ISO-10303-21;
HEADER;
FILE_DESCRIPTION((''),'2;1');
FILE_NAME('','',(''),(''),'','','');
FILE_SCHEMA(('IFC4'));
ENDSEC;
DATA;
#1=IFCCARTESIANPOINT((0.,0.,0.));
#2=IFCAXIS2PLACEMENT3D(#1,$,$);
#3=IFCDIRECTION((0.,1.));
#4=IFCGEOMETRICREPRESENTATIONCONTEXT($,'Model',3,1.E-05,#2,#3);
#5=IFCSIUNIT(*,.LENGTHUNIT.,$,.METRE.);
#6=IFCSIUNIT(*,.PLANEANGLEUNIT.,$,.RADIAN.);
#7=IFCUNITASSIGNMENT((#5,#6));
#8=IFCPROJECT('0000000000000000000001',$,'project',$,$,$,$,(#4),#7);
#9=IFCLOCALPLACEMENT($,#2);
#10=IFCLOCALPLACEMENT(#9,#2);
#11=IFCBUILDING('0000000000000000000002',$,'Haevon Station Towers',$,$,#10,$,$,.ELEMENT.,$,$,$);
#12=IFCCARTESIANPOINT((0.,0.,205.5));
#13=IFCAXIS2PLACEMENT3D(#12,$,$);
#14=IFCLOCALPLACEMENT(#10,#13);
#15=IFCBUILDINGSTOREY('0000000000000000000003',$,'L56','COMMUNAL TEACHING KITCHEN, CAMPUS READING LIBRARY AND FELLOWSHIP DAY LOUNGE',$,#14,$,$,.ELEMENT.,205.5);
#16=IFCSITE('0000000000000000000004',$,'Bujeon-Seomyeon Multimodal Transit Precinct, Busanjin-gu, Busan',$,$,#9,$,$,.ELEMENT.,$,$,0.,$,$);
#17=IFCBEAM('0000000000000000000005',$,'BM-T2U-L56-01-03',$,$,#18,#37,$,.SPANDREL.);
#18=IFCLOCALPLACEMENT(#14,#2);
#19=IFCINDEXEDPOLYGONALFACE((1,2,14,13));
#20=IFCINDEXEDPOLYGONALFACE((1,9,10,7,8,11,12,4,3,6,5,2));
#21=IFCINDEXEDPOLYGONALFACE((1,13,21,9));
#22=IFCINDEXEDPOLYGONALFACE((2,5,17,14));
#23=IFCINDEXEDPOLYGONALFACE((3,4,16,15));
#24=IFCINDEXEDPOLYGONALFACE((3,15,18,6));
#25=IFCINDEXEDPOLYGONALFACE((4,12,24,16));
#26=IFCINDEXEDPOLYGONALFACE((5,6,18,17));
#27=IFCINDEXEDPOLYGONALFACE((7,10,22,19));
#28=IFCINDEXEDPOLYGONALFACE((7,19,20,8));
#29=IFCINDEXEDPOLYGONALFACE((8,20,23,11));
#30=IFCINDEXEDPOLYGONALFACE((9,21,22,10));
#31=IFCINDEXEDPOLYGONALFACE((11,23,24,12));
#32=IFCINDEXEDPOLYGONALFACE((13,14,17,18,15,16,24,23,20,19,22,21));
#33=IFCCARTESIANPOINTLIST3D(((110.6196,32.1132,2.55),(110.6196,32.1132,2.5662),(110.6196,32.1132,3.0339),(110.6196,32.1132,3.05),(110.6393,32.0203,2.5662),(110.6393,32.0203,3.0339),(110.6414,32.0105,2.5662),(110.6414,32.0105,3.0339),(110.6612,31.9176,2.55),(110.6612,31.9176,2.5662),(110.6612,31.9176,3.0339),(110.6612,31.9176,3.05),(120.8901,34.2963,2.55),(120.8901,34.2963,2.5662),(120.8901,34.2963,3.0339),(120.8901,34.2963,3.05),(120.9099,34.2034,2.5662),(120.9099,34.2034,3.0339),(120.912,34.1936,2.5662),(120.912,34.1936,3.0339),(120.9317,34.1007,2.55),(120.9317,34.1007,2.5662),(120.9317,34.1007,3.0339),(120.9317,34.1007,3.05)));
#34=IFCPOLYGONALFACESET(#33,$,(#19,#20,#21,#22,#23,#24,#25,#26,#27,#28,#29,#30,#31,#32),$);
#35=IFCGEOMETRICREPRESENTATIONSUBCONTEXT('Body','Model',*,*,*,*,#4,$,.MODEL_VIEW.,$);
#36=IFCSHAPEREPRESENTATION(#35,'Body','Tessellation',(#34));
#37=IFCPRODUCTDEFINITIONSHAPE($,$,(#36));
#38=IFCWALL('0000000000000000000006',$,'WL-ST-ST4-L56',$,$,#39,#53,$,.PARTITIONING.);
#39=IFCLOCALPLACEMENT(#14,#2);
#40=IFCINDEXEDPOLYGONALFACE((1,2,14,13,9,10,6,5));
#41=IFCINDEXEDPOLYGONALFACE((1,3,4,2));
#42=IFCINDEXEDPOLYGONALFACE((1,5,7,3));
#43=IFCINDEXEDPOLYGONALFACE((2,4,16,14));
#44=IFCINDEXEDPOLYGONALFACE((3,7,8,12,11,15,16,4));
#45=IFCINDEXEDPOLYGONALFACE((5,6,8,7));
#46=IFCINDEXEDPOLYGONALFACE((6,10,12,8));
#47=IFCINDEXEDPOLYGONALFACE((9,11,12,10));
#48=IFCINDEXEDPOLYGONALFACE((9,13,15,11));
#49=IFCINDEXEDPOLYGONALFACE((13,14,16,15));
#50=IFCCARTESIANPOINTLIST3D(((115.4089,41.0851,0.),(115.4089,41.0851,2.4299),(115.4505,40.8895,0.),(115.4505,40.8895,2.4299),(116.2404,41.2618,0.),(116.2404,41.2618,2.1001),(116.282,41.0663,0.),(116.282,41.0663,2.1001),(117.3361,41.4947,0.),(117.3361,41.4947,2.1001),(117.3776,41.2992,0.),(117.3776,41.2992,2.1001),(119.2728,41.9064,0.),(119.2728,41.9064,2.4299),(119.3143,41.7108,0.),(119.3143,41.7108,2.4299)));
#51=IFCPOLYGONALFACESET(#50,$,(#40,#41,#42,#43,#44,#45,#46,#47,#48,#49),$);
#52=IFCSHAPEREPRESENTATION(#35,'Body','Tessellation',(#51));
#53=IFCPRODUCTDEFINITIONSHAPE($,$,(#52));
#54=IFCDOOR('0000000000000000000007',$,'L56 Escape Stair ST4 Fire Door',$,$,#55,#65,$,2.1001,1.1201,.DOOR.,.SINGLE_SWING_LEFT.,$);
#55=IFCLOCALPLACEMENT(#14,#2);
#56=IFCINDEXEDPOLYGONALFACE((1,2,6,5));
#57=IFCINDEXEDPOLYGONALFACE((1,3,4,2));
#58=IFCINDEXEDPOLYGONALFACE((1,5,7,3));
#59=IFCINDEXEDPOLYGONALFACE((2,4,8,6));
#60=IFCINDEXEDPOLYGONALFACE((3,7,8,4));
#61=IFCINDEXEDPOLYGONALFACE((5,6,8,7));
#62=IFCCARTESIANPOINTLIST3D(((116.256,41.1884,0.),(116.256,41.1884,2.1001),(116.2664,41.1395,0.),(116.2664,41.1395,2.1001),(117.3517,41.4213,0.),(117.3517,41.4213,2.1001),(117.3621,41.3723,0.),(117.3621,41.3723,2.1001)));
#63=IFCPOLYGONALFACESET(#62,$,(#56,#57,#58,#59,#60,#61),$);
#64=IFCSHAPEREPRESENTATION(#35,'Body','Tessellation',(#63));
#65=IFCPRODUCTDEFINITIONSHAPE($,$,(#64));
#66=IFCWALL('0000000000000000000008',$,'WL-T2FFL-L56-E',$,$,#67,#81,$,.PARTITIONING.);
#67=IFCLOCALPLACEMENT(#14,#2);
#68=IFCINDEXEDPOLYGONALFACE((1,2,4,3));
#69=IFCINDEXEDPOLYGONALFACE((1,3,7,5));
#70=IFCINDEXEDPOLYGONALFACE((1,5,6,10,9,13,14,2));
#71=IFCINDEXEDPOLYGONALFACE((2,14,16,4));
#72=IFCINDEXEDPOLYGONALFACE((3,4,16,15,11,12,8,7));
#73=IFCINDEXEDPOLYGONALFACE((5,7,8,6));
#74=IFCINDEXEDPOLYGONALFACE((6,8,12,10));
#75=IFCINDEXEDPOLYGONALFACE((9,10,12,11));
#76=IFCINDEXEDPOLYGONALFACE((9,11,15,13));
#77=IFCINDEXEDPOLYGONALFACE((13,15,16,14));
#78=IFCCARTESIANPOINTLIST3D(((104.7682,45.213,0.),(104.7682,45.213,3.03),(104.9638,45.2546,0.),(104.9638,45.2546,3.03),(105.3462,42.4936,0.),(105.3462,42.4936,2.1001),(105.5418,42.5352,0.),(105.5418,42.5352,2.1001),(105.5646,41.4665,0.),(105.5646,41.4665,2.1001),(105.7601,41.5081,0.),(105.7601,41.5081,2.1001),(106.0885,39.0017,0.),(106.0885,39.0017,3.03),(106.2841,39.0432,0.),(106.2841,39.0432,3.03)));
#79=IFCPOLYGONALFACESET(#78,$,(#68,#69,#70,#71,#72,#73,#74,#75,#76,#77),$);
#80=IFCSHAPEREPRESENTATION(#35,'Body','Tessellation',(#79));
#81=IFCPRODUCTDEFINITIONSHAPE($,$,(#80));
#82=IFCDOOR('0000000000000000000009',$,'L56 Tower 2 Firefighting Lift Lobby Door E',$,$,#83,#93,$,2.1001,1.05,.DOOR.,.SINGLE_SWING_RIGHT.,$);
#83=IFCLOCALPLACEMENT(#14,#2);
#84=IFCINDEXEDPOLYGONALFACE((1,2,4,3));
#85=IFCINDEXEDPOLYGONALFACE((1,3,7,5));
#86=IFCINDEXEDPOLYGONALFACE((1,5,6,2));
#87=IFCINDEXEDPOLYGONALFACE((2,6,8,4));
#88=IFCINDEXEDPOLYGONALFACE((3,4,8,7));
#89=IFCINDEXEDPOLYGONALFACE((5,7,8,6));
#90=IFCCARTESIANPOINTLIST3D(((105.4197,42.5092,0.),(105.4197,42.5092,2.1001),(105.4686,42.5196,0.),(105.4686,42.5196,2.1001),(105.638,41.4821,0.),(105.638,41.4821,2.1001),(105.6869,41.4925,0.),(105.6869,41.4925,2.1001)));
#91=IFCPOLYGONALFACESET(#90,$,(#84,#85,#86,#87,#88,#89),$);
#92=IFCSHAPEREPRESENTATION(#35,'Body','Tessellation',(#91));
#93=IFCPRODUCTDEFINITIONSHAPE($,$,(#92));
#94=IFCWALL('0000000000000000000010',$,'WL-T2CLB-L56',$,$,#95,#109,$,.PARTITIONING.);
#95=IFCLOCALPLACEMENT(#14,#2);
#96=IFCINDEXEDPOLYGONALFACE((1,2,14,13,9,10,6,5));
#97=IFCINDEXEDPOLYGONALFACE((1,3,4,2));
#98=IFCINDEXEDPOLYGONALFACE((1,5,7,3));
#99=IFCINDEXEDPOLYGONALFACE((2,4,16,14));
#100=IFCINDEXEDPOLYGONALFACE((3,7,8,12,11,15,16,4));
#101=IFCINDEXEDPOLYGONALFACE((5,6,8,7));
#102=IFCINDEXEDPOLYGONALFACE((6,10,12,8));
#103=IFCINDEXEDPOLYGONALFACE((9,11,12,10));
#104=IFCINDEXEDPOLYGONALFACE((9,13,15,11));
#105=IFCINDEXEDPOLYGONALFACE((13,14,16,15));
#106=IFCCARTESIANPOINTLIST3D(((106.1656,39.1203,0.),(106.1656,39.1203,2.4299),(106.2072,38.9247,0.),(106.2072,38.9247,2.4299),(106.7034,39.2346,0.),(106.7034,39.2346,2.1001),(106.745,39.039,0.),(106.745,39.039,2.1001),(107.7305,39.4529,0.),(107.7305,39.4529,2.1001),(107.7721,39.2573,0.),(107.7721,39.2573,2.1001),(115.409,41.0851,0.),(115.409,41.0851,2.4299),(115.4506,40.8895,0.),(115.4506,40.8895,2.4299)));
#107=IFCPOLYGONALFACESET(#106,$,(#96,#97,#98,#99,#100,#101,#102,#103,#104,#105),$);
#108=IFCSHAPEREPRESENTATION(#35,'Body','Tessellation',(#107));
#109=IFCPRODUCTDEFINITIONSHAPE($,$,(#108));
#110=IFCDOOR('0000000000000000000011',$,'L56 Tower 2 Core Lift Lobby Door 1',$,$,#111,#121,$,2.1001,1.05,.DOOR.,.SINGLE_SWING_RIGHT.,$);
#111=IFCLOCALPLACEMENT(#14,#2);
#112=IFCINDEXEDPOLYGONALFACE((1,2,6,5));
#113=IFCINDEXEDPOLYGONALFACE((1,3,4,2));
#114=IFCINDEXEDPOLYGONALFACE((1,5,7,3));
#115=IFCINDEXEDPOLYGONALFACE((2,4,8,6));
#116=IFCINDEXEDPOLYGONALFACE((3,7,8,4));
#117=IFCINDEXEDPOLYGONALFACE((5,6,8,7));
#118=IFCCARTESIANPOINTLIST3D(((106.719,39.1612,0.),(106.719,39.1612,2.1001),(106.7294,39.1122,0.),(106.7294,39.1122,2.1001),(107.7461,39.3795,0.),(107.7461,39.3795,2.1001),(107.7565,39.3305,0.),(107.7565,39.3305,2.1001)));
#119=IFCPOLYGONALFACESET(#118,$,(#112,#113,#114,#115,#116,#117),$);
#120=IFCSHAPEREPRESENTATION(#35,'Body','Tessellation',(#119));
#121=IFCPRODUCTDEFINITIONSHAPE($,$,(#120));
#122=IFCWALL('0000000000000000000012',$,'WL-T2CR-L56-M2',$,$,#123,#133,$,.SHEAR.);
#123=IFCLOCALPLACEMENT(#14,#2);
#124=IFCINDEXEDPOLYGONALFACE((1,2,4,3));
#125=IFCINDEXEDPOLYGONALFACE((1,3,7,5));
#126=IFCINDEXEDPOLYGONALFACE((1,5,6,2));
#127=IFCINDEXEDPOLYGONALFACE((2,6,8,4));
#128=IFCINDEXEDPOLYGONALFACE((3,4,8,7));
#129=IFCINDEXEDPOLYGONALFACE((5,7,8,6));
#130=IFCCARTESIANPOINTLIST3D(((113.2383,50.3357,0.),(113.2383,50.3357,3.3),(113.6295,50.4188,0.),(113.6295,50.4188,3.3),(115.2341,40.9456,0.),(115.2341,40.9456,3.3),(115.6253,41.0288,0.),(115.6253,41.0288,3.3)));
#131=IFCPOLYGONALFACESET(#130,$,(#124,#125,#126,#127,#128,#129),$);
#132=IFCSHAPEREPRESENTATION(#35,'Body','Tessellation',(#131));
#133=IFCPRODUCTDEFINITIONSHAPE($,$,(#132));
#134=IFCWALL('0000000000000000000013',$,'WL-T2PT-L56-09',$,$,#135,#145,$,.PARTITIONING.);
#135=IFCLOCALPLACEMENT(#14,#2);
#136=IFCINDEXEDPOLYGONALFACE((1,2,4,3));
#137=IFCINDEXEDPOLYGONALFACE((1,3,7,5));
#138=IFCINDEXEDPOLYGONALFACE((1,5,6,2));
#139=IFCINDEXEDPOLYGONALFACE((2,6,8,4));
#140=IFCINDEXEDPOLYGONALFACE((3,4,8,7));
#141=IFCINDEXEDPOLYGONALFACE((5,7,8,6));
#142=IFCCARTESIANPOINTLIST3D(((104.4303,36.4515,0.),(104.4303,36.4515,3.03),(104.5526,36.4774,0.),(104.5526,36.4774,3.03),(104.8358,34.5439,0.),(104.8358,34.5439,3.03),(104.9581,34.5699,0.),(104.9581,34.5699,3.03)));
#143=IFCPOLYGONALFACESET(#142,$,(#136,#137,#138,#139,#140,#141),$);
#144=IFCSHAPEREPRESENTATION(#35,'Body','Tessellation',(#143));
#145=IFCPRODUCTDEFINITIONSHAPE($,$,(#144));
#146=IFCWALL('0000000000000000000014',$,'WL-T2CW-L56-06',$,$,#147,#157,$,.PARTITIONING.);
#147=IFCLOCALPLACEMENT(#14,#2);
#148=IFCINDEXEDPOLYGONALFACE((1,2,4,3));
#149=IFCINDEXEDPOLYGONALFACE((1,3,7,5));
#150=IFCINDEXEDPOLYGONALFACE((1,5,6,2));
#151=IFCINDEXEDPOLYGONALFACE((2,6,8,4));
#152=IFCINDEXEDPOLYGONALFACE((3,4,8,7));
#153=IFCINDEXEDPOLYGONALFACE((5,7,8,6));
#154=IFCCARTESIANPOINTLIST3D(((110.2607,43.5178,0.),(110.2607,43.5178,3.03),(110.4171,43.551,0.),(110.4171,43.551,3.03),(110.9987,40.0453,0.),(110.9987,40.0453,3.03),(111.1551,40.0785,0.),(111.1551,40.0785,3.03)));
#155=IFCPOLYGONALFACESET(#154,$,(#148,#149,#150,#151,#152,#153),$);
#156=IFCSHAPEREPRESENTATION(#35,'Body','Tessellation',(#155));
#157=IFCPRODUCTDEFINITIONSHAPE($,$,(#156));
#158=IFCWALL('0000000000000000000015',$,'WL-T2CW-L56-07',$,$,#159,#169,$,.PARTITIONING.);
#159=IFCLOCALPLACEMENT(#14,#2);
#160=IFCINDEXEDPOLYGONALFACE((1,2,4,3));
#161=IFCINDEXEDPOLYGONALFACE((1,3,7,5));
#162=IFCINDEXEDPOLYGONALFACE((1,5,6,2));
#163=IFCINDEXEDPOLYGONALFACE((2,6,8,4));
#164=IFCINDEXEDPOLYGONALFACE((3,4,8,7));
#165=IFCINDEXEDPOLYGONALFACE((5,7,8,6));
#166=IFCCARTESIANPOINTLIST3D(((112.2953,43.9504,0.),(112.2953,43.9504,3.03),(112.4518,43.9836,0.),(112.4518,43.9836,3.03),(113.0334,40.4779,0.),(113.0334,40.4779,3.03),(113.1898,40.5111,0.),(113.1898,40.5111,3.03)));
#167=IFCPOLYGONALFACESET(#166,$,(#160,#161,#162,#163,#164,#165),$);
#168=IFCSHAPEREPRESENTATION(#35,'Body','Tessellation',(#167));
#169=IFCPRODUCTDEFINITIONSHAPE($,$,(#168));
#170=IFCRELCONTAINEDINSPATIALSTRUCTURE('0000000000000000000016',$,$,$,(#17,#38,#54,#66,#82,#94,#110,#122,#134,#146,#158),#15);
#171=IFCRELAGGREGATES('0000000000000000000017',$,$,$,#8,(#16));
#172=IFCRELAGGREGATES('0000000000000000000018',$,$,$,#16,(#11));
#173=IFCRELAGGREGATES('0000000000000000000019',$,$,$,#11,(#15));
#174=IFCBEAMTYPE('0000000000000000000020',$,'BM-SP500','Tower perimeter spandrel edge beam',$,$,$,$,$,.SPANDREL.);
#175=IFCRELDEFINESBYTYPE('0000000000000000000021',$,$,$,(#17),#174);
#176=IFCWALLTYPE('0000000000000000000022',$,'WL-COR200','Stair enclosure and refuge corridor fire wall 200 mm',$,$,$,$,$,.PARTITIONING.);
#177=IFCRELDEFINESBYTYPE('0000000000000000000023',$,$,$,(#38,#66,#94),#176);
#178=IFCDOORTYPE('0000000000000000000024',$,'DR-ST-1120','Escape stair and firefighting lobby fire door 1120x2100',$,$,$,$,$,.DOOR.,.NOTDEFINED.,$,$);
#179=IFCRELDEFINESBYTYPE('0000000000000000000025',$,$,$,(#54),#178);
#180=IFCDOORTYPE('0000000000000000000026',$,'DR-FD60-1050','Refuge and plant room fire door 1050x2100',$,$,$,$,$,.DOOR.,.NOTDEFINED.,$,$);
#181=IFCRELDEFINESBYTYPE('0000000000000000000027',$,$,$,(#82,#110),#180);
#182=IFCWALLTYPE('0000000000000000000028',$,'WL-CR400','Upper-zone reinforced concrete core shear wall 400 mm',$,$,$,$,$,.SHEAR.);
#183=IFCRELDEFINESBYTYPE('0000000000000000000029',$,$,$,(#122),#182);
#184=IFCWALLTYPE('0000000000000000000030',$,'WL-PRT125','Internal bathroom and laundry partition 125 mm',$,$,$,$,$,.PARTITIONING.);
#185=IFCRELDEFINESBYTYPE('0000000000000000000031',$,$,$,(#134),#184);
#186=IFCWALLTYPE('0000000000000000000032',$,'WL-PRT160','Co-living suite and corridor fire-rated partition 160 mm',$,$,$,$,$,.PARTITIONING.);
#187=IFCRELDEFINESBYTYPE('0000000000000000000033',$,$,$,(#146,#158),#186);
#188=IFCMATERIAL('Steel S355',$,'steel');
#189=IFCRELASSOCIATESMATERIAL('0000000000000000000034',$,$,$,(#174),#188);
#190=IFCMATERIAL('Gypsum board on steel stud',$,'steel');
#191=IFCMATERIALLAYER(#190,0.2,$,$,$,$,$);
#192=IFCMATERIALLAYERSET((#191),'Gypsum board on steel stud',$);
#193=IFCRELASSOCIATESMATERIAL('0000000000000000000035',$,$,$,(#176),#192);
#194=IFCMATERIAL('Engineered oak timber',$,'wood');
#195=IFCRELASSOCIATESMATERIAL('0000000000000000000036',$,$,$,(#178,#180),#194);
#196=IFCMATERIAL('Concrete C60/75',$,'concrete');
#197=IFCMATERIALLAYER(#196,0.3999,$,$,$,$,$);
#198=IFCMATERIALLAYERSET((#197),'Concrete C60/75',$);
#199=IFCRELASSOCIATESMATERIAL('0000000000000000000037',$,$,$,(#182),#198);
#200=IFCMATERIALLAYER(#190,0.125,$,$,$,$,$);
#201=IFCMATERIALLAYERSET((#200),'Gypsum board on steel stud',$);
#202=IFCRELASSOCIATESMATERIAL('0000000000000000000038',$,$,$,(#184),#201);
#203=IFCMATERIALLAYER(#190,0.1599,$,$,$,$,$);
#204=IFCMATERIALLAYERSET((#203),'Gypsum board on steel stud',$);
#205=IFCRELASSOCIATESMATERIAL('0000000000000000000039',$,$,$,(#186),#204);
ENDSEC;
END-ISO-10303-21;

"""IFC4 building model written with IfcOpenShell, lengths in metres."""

from ifc_helpers import new_model, si_unit, direction, frame, frame_2d, origin, origin_2d, place, context, subcontext, project, spatial, rectangle, i_section, extrude, material, layer, layer_set, material_profile, profile_set, type_object, element, fill, save


model = new_model("IFC4")

# Units and contexts
model_context = context("Model", 3, precision=1e-05, world=origin(), true_north=direction((0.0, 1.0)))
body_context = subcontext(model_context, "Body", "Model", "MODEL_VIEW")
ifc_project = project(units=[si_unit("LENGTHUNIT", "METRE"), si_unit("PLANEANGLEUNIT", "RADIAN")], contexts=[model_context])

# Site, building, storey
site_placement = place(None, origin())
site = spatial("IfcSite", under=ifc_project, at=site_placement, Name="Bujeon-Seomyeon Multimodal Transit Precinct, Busanjin-gu, Busan", CompositionType="ELEMENT", RefElevation=0.0)
building_placement = place(site_placement, origin())
building = spatial("IfcBuilding", under=site, at=building_placement, Name="Haevon Station Towers", CompositionType="ELEMENT")
storey_placement = place(building_placement, frame((0.0, 0.0, 205.5)))
storey = spatial("IfcBuildingStorey", under=building, at=storey_placement, Name="L56", Description="COMMUNAL TEACHING KITCHEN, CAMPUS READING LIBRARY AND FELLOWSHIP DAY LOUNGE", CompositionType="ELEMENT", Elevation=205.5)

# Shared definitions
ifc_material_1 = material(Name="Steel S355", Category="steel")

# Beam
ifc_material_profile_1 = material_profile(ifc_material_1, i_section(OverallWidth=0.2, OverallDepth=0.5, WebThickness=0.01, FlangeThickness=0.0161, at=origin_2d()), Name="H-500x200x10x16")
ifc_profile_set_1 = profile_set([ifc_material_profile_1], Name="Steel S355")
beam_type_1 = type_object("IfcBeamType", Name="BM-SP500", Description="Tower perimeter spandrel edge beam", PredefinedType="SPANDREL", material=ifc_profile_set_1)
beam_1_placement = place(storey_placement, frame((110.6404, 32.0154, 2.8), z_axis=(0.978147, 0.207915, 0.0), x_axis=(-0.207915, 0.978147, 0.0)))
element("IfcBeam", 1, at=beam_1_placement, inside=storey, type_object=beam_type_1, Name="BM-T2U-L56-01-03", PredefinedType="SPANDREL", context=body_context, shape_type="SweptSolid", body=[
    extrude(i_section(OverallWidth=0.2, OverallDepth=0.5, WebThickness=0.01, FlangeThickness=0.0161, at=origin_2d()), origin(), (0.0, 0.0, 1.0), 10.5),
])

# Walls, openings, doors
ifc_material_2 = material(Name="Gypsum board on steel stud", Category="steel")
ifc_layer_1 = layer(ifc_material_2, 0.2)
ifc_layer_set_1 = layer_set([ifc_layer_1], Name="Gypsum board on steel stud")
wall_type_1 = type_object("IfcWallType", Name="WL-COR200", Description="Stair enclosure and refuge corridor fire wall 200 mm", PredefinedType="PARTITIONING", material=ifc_layer_set_1)
wall_1_placement = place(storey_placement, frame((115.4297, 40.9873, 0.0), z_axis=(0.0, 0.0, 1.0), x_axis=(0.978147, 0.207916, 0.0)))
wall_1 = element("IfcWall", 2, at=wall_1_placement, inside=storey, type_object=wall_type_1, Name="WL-ST-ST4-L56", PredefinedType="PARTITIONING", context=body_context, shape_type="SweptSolid", body=[
    extrude(rectangle(XDim=3.9502, YDim=0.2, at=frame_2d((1.9751, 0.0))), origin(), (0.0, 0.0, 1.0), 2.4299),
])
opening_1_placement = place(wall_1_placement, frame((0.8501, 0.0, 0.0)))
opening_1 = element("IfcOpeningElement", 3, at=opening_1_placement, cuts=wall_1, PredefinedType="OPENING", context=body_context, shape_type="SweptSolid", body=[
    extrude(rectangle(XDim=1.1201, YDim=2.1001, at=frame_2d((0.5601, 1.05))), frame((0.0, 0.1099, 0.0), z_axis=(0.0, -1.0, 0.0), x_axis=(1.0, 0.0, 0.0)), (0.0, 0.0, 1.0), 0.22),
])
ifc_material_3 = material(Name="Engineered oak timber", Category="wood")
door_type_1 = type_object("IfcDoorType", Name="DR-ST-1120", Description="Escape stair and firefighting lobby fire door 1120x2100", OperationType="NOTDEFINED", PredefinedType="DOOR", material=ifc_material_3)
door_1_placement = place(opening_1_placement, origin())
door_1 = element("IfcDoor", 4, at=door_1_placement, inside=storey, type_object=door_type_1, Name="L56 Escape Stair ST4 Fire Door", OperationType="SINGLE_SWING_LEFT", OverallHeight=2.1001, OverallWidth=1.1201, PredefinedType="DOOR", context=body_context, shape_type="SweptSolid", body=[
    extrude(rectangle(XDim=1.1201, YDim=2.1001, at=frame_2d((0.5601, 1.05))), frame((0.0, 0.0249, 0.0), z_axis=(0.0, -1.0, 0.0), x_axis=(1.0, 0.0, 0.0)), (0.0, 0.0, 1.0), 0.05),
])
fill(opening_1, door_1)
wall_2_placement = place(storey_placement, frame((106.1863, 39.0225, 0.0), z_axis=(0.0, 0.0, 1.0), x_axis=(-0.207917, 0.978147, 0.0)))
wall_2 = element("IfcWall", 5, at=wall_2_placement, inside=storey, type_object=wall_type_1, Name="WL-T2FFL-L56-E", PredefinedType="PARTITIONING", context=body_context, shape_type="SweptSolid", body=[
    extrude(rectangle(XDim=6.3501, YDim=0.2, at=frame_2d((3.175, 0.0))), origin(), (0.0, 0.0, 1.0), 3.03),
])
opening_2_placement = place(wall_2_placement, frame((2.52, 0.0, 0.0)))
opening_2 = element("IfcOpeningElement", 6, at=opening_2_placement, cuts=wall_2, PredefinedType="OPENING", context=body_context, shape_type="SweptSolid", body=[
    extrude(rectangle(XDim=1.05, YDim=2.1001, at=frame_2d((0.5249, 1.05))), frame((0.0, 0.1099, 0.0), z_axis=(0.0, -1.0, 0.0), x_axis=(1.0, 0.0, 0.0)), (0.0, 0.0, 1.0), 0.22),
])
door_type_2 = type_object("IfcDoorType", Name="DR-FD60-1050", Description="Refuge and plant room fire door 1050x2100", OperationType="NOTDEFINED", PredefinedType="DOOR", material=ifc_material_3)
door_2_placement = place(opening_2_placement, origin())
door_2 = element("IfcDoor", 7, at=door_2_placement, inside=storey, type_object=door_type_2, Name="L56 Tower 2 Firefighting Lift Lobby Door E", OperationType="SINGLE_SWING_RIGHT", OverallHeight=2.1001, OverallWidth=1.05, PredefinedType="DOOR", context=body_context, shape_type="SweptSolid", body=[
    extrude(rectangle(XDim=1.05, YDim=2.1001, at=frame_2d((0.5249, 1.05))), frame((0.0, 0.0249, 0.0), z_axis=(0.0, -1.0, 0.0), x_axis=(1.0, 0.0, 0.0)), (0.0, 0.0, 1.0), 0.05),
])
fill(opening_2, door_2)
wall_3_placement = place(storey_placement, frame((106.1863, 39.0225, 0.0), z_axis=(0.0, 0.0, 1.0), x_axis=(0.978146, 0.207921, 0.0)))
wall_3 = element("IfcWall", 8, at=wall_3_placement, inside=storey, type_object=wall_type_1, Name="WL-T2CLB-L56", PredefinedType="PARTITIONING", context=body_context, shape_type="SweptSolid", body=[
    extrude(rectangle(XDim=9.45, YDim=0.2, at=frame_2d((4.7251, 0.0))), origin(), (0.0, 0.0, 1.0), 2.4299),
])
opening_3_placement = place(wall_3_placement, frame((0.55, 0.0, 0.0)))
opening_3 = element("IfcOpeningElement", 9, at=opening_3_placement, cuts=wall_3, PredefinedType="OPENING", context=body_context, shape_type="SweptSolid", body=[
    extrude(rectangle(XDim=1.05, YDim=2.1001, at=frame_2d((0.5249, 1.05))), frame((0.0, 0.1099, 0.0), z_axis=(0.0, -1.0, 0.0), x_axis=(1.0, 0.0, 0.0)), (0.0, 0.0, 1.0), 0.22),
])
door_3_placement = place(opening_3_placement, origin())
door_3 = element("IfcDoor", 10, at=door_3_placement, inside=storey, type_object=door_type_2, Name="L56 Tower 2 Core Lift Lobby Door 1", OperationType="SINGLE_SWING_RIGHT", OverallHeight=2.1001, OverallWidth=1.05, PredefinedType="DOOR", context=body_context, shape_type="SweptSolid", body=[
    extrude(rectangle(XDim=1.05, YDim=2.1001, at=frame_2d((0.5249, 1.05))), frame((0.0, 0.0249, 0.0), z_axis=(0.0, -1.0, 0.0), x_axis=(1.0, 0.0, 0.0)), (0.0, 0.0, 1.0), 0.05),
])
fill(opening_3, door_3)

# Walls
ifc_material_4 = material(Name="Concrete C60/75", Category="concrete")
ifc_layer_2 = layer(ifc_material_4, 0.3999)
ifc_layer_set_2 = layer_set([ifc_layer_2], Name="Concrete C60/75")
wall_type_2 = type_object("IfcWallType", Name="WL-CR400", Description="Upper-zone reinforced concrete core shear wall 400 mm", PredefinedType="SHEAR", material=ifc_layer_set_2)
wall_4_placement = place(storey_placement, frame((115.4297, 40.9873, 0.0), z_axis=(0.0, 0.0, 1.0), x_axis=(-0.207903, 0.978149, 0.0)))
element("IfcWall", 11, at=wall_4_placement, inside=storey, type_object=wall_type_2, Name="WL-T2CR-L56-M2", PredefinedType="SHEAR", context=body_context, shape_type="SweptSolid", body=[
    extrude(rectangle(XDim=9.5999, YDim=0.3999, at=frame_2d((4.7998, 0.0))), origin(), (0.0, 0.0, 1.0), 3.3),
])
ifc_layer_3 = layer(ifc_material_2, 0.125)
ifc_layer_set_3 = layer_set([ifc_layer_3], Name="Gypsum board on steel stud")
wall_type_3 = type_object("IfcWallType", Name="WL-PRT125", Description="Internal bathroom and laundry partition 125 mm", PredefinedType="PARTITIONING", material=ifc_layer_set_3)
wall_5_placement = place(storey_placement, frame((104.897, 34.5569, 0.0), z_axis=(0.0, 0.0, 1.0), x_axis=(-0.207947, 0.97814, 0.0)))
element("IfcWall", 12, at=wall_5_placement, inside=storey, type_object=wall_type_3, Name="WL-T2PT-L56-09", PredefinedType="PARTITIONING", context=body_context, shape_type="SweptSolid", body=[
    extrude(rectangle(XDim=1.9502, YDim=0.125, at=frame_2d((0.9751, 0.0))), origin(), (0.0, 0.0, 1.0), 3.03),
])
ifc_layer_4 = layer(ifc_material_2, 0.1599)
ifc_layer_set_4 = layer_set([ifc_layer_4], Name="Gypsum board on steel stud")
wall_type_4 = type_object("IfcWallType", Name="WL-PRT160", Description="Co-living suite and corridor fire-rated partition 160 mm", PredefinedType="PARTITIONING", material=ifc_layer_set_4)
for number, where, z_axis, x_axis, name in (
    (13, (111.0769, 40.062, 0.0), (0.0, 0.0, 1.0), (-0.207899, 0.97815, 0.0), "WL-T2CW-L56-06"),
    (14, (113.1116, 40.4946, 0.0), (0.0, 0.0, 1.0), (-0.207899, 0.97815, 0.0), "WL-T2CW-L56-07"),
):
    element("IfcWall", number, at=place(storey_placement, frame(where, z_axis=z_axis, x_axis=x_axis)), inside=storey, type_object=wall_type_4, Name=name, PredefinedType="PARTITIONING", context=body_context, shape_type="SweptSolid", body=[
        extrude(rectangle(XDim=3.55, YDim=0.1599, at=frame_2d((1.7749, 0.0))), origin(), (0.0, 0.0, 1.0), 3.03),
    ])

save(model, "model.ifc")
